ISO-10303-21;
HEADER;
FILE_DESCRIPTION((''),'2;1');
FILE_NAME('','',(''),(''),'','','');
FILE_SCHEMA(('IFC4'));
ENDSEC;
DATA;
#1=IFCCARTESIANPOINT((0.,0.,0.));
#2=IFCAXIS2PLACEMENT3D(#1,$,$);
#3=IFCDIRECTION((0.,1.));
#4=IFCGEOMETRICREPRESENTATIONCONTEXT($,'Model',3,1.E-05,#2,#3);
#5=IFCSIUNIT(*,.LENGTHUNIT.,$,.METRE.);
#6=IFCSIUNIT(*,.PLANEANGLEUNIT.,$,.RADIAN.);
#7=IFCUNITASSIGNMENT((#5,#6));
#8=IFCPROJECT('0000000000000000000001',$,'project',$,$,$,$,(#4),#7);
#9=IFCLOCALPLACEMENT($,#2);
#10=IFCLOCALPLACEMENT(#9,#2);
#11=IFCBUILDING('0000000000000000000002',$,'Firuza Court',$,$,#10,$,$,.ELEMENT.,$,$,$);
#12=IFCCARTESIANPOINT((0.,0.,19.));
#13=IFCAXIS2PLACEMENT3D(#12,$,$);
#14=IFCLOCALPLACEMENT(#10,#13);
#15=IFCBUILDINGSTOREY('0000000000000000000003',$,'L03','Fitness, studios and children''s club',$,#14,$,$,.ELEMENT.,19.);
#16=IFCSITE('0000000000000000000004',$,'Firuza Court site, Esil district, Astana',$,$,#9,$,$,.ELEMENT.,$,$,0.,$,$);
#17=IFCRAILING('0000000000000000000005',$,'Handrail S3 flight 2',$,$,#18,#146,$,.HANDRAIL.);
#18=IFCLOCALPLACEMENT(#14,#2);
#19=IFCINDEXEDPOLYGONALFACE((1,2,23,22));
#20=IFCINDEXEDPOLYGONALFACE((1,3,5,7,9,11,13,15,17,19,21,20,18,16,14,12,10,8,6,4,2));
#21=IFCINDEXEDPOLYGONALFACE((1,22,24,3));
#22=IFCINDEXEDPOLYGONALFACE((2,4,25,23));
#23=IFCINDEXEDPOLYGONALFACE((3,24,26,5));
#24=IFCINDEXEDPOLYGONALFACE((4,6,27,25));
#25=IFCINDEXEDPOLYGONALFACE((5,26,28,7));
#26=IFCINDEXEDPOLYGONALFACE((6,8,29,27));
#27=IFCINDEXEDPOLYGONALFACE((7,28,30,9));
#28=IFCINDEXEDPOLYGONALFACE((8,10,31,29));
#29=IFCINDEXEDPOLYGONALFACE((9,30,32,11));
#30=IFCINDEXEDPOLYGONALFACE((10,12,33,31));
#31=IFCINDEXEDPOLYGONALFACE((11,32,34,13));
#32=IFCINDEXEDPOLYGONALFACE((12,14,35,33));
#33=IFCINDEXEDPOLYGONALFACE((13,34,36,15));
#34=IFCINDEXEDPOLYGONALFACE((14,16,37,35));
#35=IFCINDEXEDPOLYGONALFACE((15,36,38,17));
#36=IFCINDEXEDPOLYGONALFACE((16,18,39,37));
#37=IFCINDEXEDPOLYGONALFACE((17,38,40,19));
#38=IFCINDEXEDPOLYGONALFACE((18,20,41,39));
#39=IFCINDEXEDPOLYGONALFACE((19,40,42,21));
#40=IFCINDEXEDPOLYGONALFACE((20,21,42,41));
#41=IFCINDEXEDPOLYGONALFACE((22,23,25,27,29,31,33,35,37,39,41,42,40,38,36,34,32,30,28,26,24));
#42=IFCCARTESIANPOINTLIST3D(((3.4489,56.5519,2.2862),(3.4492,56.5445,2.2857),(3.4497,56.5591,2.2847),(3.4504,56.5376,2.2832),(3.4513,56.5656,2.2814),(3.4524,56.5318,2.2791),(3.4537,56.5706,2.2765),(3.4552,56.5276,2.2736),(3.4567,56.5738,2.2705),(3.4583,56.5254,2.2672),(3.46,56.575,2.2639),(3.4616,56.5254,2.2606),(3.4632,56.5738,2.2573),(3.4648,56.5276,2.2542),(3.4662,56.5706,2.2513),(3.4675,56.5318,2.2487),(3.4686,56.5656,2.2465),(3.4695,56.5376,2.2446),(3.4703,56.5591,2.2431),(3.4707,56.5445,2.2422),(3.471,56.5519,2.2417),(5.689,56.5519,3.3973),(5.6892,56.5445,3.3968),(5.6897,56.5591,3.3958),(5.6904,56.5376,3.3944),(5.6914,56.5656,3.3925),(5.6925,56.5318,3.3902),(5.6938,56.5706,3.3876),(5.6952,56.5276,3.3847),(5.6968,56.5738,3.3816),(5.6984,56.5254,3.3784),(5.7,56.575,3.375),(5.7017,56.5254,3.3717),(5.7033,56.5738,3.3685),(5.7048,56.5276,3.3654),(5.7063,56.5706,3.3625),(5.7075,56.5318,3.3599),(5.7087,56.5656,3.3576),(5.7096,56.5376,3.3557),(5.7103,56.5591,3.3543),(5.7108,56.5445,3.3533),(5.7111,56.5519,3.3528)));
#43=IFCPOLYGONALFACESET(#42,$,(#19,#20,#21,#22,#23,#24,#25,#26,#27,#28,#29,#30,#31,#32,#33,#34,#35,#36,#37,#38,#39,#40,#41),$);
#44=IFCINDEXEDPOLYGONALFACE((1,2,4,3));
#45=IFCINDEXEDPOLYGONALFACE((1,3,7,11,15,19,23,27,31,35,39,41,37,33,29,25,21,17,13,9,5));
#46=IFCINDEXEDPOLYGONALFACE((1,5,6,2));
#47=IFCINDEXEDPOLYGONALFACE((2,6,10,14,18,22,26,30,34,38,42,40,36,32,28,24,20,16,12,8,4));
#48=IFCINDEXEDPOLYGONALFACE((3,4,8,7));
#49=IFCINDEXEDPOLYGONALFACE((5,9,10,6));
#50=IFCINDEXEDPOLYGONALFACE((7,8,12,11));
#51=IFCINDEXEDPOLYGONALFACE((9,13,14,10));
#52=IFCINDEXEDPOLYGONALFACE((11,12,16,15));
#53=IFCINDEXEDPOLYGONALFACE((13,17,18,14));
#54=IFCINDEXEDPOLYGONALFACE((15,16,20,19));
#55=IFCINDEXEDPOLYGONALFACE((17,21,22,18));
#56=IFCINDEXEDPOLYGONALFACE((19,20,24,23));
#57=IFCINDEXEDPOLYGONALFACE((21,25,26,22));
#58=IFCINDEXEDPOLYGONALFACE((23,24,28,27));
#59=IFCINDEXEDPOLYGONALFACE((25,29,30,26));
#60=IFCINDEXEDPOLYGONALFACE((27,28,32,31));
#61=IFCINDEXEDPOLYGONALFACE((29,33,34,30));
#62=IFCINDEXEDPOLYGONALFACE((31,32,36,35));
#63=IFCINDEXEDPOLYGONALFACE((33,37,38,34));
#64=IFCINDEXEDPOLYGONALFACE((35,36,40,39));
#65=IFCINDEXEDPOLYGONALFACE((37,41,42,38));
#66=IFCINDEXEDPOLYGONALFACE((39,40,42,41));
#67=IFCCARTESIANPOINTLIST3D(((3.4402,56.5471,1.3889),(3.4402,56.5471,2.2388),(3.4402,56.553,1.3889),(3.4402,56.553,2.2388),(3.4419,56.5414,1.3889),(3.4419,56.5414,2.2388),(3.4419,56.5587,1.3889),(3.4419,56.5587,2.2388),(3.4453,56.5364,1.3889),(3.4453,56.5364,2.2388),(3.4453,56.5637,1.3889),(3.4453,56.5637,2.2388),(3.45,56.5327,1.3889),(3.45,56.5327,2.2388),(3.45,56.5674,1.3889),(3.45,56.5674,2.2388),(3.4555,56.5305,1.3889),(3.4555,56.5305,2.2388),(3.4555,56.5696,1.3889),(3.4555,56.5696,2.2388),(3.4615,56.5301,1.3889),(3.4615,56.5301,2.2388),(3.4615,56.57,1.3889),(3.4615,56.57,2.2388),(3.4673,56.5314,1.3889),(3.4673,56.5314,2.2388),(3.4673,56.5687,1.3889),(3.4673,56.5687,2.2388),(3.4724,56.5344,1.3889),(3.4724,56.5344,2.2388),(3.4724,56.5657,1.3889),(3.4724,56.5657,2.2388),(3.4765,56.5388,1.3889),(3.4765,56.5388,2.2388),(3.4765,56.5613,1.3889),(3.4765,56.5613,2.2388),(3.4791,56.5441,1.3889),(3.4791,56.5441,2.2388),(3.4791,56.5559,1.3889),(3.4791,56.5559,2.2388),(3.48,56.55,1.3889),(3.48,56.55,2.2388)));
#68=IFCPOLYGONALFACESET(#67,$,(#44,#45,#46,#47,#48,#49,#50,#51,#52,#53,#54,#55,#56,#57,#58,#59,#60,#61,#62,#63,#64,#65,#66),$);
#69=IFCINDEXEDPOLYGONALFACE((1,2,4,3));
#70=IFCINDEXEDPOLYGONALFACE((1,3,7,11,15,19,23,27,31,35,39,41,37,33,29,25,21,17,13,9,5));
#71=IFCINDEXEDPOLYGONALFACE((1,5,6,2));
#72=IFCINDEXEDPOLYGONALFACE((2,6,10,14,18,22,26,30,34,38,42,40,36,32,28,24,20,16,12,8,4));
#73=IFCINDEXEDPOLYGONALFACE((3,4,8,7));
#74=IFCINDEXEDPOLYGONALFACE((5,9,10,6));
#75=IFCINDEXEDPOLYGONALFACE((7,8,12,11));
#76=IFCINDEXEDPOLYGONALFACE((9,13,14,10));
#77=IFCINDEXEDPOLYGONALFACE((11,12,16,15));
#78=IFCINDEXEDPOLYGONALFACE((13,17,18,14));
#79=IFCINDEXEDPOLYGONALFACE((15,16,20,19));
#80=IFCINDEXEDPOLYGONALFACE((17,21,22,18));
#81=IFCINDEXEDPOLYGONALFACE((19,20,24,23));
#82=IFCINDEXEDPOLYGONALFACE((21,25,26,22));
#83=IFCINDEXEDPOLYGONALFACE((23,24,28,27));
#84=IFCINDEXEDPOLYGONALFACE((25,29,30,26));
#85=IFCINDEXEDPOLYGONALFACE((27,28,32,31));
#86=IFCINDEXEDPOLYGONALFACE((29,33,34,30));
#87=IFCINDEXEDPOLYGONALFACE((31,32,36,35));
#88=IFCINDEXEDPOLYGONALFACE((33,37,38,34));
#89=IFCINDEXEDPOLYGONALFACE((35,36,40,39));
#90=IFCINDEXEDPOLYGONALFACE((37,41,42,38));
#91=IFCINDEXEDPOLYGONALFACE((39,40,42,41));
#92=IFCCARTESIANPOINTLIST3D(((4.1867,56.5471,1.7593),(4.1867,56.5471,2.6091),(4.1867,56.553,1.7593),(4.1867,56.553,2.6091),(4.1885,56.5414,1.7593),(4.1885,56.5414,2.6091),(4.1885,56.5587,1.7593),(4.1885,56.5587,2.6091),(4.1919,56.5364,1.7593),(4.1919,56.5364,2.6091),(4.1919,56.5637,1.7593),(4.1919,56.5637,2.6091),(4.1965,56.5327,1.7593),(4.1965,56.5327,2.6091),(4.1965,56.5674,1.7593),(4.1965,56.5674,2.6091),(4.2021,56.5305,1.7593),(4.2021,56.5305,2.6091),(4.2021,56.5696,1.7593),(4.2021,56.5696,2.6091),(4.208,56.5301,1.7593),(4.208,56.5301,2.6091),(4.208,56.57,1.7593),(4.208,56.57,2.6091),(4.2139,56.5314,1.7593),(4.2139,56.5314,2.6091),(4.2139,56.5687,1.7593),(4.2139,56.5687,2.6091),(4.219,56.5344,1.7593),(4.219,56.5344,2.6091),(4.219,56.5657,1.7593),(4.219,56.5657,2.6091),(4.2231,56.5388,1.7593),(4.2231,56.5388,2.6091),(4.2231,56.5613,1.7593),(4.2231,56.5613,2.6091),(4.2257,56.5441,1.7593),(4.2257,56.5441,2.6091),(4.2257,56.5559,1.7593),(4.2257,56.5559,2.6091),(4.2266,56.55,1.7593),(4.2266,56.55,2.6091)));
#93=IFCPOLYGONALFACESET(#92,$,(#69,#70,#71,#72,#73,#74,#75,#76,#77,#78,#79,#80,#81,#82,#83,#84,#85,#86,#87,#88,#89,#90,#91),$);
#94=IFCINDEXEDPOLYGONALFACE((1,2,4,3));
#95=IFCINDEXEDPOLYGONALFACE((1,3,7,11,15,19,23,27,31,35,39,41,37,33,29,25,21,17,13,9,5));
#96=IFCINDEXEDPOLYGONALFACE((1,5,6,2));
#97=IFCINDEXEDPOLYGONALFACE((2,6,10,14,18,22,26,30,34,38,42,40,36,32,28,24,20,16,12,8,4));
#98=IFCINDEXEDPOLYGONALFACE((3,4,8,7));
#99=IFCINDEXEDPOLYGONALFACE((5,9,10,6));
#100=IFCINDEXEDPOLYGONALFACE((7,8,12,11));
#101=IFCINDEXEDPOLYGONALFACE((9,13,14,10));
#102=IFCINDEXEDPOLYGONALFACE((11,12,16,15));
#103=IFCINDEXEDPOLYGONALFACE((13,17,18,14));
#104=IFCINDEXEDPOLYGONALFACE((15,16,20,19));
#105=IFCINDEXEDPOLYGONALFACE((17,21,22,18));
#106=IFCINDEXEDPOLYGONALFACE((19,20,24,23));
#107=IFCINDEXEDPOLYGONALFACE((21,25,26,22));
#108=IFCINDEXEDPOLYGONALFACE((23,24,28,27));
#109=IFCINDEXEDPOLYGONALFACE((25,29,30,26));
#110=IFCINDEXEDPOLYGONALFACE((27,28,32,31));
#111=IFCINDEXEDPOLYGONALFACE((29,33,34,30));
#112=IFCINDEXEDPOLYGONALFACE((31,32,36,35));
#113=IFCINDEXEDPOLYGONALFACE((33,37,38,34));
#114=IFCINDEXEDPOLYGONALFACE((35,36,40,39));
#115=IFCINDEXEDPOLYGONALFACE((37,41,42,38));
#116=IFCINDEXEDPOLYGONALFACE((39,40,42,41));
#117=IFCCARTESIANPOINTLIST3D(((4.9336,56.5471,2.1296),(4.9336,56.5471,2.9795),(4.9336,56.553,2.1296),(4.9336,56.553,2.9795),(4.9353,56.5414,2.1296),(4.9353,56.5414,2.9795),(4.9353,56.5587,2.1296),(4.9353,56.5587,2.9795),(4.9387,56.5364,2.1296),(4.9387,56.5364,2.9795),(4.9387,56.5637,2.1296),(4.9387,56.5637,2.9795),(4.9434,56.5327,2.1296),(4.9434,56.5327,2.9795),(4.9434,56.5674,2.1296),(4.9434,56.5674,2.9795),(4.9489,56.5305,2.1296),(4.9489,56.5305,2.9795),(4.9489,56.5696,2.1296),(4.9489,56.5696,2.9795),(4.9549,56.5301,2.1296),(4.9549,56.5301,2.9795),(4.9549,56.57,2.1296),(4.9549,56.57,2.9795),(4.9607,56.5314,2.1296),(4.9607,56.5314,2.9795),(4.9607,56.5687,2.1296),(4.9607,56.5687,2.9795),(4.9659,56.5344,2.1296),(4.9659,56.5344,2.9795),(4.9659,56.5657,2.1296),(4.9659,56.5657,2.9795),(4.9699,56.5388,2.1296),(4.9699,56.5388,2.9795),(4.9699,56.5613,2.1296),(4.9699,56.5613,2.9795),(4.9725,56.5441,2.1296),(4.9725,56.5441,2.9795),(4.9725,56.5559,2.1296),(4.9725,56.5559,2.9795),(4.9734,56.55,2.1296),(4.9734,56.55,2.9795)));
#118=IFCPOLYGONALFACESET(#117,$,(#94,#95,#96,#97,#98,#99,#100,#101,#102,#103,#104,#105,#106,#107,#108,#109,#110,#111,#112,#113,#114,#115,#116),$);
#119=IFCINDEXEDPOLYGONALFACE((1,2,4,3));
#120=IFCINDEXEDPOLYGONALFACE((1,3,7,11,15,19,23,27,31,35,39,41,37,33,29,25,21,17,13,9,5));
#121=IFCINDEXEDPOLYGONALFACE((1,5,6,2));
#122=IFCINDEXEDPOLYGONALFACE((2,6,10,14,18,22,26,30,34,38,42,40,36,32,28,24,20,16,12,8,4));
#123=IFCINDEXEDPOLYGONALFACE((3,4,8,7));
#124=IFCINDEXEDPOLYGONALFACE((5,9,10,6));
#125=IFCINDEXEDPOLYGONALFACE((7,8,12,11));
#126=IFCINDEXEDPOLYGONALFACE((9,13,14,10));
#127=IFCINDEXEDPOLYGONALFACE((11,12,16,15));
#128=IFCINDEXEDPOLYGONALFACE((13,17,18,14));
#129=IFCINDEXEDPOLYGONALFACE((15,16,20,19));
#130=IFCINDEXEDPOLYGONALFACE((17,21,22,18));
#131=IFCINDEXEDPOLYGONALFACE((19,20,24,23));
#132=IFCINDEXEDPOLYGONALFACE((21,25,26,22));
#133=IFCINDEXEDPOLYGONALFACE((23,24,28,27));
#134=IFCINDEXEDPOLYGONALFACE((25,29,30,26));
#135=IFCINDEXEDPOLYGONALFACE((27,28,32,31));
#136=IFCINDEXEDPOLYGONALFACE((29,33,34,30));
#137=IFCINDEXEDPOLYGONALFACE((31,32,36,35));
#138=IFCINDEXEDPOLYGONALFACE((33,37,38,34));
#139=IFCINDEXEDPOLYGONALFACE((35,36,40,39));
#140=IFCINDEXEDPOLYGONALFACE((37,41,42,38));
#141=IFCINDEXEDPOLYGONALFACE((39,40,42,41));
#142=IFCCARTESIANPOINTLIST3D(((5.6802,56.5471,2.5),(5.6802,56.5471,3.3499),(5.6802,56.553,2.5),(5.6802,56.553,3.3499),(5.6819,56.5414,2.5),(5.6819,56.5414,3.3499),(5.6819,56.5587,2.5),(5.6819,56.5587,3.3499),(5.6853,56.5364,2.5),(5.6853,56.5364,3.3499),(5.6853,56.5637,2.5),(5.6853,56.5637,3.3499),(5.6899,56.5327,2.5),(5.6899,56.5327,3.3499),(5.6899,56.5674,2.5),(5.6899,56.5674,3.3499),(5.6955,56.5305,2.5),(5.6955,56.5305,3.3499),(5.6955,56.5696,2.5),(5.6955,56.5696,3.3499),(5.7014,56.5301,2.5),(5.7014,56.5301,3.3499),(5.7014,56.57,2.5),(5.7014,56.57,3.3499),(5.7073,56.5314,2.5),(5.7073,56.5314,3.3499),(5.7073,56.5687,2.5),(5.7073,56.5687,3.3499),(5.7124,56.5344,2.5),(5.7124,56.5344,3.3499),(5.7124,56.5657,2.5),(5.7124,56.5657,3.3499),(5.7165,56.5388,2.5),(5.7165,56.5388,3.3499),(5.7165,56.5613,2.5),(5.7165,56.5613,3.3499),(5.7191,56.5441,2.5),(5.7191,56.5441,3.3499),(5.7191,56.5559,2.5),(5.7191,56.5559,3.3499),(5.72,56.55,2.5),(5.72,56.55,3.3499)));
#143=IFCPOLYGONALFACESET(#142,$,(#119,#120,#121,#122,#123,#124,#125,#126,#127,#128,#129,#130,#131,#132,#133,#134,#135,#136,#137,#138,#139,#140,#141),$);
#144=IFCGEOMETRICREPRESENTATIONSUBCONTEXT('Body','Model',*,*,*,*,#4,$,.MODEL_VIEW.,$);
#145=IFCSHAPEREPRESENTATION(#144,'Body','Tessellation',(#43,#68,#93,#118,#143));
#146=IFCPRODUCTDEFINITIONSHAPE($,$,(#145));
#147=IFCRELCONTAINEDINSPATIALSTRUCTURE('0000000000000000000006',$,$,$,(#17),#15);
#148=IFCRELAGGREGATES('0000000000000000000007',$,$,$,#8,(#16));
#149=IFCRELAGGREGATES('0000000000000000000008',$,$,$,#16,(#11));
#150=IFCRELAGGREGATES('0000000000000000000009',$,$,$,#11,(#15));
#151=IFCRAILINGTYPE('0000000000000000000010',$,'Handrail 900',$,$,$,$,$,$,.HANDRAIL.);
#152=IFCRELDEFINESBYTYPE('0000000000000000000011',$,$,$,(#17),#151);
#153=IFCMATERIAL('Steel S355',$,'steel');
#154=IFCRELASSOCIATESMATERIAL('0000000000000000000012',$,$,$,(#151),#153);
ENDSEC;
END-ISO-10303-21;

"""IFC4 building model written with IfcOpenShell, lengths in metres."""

from ifc_helpers import new_model, si_unit, direction, frame, origin, origin_2d, place, context, subcontext, project, spatial, circle, extrude, material, type_object, element, save


model = new_model("IFC4")

# Units and contexts
model_context = context("Model", 3, precision=1e-05, world=origin(), true_north=direction((0.0, 1.0)))
body_context = subcontext(model_context, "Body", "Model", "MODEL_VIEW")
ifc_project = project(units=[si_unit("LENGTHUNIT", "METRE"), si_unit("PLANEANGLEUNIT", "RADIAN")], contexts=[model_context])

# Site, building, storey
site_placement = place(None, origin())
site = spatial("IfcSite", under=ifc_project, at=site_placement, Name="Firuza Court site, Esil district, Astana", CompositionType="ELEMENT", RefElevation=0.0)
building_placement = place(site_placement, origin())
building = spatial("IfcBuilding", under=site, at=building_placement, Name="Firuza Court", CompositionType="ELEMENT")
storey_placement = place(building_placement, frame((0.0, 0.0, 19.0)))
storey = spatial("IfcBuildingStorey", under=building, at=storey_placement, Name="L03", Description="Fitness, studios and children's club", CompositionType="ELEMENT", Elevation=19.0)

# Railing
ifc_material_1 = material(Name="Steel S355", Category="steel")
railing_type_1 = type_object("IfcRailingType", Name="Handrail 900", PredefinedType="HANDRAIL", material=ifc_material_1)
railing_1_placement = place(storey_placement, frame((3.46, 56.55, 1.3889)))
element("IfcRailing", 1, at=railing_1_placement, inside=storey, type_object=railing_type_1, Name="Handrail S3 flight 2", PredefinedType="HANDRAIL", context=body_context, shape_type="SweptSolid", body=[
    extrude(circle(Radius=0.0249, at=origin_2d()), frame((0.0, 0.0, 0.875), z_axis=(0.895848, 0.0, 0.44436), x_axis=(0.0, 1.0, 0.0)), (0.0, 0.0, 1.0), 2.5005),
    extrude(circle(Radius=0.02, at=origin_2d()), origin(), (0.0, 0.0, 1.0), 0.8499),
    extrude(circle(Radius=0.02, at=origin_2d()), frame((0.7466, 0.0, 0.3704)), (0.0, 0.0, 1.0), 0.8499),
    extrude(circle(Radius=0.02, at=origin_2d()), frame((1.4934, 0.0, 0.7407)), (0.0, 0.0, 1.0), 0.8499),
    extrude(circle(Radius=0.02, at=origin_2d()), frame((2.24, 0.0, 1.1111)), (0.0, 0.0, 1.0), 0.8499),
])

save(model, "model.ifc")
